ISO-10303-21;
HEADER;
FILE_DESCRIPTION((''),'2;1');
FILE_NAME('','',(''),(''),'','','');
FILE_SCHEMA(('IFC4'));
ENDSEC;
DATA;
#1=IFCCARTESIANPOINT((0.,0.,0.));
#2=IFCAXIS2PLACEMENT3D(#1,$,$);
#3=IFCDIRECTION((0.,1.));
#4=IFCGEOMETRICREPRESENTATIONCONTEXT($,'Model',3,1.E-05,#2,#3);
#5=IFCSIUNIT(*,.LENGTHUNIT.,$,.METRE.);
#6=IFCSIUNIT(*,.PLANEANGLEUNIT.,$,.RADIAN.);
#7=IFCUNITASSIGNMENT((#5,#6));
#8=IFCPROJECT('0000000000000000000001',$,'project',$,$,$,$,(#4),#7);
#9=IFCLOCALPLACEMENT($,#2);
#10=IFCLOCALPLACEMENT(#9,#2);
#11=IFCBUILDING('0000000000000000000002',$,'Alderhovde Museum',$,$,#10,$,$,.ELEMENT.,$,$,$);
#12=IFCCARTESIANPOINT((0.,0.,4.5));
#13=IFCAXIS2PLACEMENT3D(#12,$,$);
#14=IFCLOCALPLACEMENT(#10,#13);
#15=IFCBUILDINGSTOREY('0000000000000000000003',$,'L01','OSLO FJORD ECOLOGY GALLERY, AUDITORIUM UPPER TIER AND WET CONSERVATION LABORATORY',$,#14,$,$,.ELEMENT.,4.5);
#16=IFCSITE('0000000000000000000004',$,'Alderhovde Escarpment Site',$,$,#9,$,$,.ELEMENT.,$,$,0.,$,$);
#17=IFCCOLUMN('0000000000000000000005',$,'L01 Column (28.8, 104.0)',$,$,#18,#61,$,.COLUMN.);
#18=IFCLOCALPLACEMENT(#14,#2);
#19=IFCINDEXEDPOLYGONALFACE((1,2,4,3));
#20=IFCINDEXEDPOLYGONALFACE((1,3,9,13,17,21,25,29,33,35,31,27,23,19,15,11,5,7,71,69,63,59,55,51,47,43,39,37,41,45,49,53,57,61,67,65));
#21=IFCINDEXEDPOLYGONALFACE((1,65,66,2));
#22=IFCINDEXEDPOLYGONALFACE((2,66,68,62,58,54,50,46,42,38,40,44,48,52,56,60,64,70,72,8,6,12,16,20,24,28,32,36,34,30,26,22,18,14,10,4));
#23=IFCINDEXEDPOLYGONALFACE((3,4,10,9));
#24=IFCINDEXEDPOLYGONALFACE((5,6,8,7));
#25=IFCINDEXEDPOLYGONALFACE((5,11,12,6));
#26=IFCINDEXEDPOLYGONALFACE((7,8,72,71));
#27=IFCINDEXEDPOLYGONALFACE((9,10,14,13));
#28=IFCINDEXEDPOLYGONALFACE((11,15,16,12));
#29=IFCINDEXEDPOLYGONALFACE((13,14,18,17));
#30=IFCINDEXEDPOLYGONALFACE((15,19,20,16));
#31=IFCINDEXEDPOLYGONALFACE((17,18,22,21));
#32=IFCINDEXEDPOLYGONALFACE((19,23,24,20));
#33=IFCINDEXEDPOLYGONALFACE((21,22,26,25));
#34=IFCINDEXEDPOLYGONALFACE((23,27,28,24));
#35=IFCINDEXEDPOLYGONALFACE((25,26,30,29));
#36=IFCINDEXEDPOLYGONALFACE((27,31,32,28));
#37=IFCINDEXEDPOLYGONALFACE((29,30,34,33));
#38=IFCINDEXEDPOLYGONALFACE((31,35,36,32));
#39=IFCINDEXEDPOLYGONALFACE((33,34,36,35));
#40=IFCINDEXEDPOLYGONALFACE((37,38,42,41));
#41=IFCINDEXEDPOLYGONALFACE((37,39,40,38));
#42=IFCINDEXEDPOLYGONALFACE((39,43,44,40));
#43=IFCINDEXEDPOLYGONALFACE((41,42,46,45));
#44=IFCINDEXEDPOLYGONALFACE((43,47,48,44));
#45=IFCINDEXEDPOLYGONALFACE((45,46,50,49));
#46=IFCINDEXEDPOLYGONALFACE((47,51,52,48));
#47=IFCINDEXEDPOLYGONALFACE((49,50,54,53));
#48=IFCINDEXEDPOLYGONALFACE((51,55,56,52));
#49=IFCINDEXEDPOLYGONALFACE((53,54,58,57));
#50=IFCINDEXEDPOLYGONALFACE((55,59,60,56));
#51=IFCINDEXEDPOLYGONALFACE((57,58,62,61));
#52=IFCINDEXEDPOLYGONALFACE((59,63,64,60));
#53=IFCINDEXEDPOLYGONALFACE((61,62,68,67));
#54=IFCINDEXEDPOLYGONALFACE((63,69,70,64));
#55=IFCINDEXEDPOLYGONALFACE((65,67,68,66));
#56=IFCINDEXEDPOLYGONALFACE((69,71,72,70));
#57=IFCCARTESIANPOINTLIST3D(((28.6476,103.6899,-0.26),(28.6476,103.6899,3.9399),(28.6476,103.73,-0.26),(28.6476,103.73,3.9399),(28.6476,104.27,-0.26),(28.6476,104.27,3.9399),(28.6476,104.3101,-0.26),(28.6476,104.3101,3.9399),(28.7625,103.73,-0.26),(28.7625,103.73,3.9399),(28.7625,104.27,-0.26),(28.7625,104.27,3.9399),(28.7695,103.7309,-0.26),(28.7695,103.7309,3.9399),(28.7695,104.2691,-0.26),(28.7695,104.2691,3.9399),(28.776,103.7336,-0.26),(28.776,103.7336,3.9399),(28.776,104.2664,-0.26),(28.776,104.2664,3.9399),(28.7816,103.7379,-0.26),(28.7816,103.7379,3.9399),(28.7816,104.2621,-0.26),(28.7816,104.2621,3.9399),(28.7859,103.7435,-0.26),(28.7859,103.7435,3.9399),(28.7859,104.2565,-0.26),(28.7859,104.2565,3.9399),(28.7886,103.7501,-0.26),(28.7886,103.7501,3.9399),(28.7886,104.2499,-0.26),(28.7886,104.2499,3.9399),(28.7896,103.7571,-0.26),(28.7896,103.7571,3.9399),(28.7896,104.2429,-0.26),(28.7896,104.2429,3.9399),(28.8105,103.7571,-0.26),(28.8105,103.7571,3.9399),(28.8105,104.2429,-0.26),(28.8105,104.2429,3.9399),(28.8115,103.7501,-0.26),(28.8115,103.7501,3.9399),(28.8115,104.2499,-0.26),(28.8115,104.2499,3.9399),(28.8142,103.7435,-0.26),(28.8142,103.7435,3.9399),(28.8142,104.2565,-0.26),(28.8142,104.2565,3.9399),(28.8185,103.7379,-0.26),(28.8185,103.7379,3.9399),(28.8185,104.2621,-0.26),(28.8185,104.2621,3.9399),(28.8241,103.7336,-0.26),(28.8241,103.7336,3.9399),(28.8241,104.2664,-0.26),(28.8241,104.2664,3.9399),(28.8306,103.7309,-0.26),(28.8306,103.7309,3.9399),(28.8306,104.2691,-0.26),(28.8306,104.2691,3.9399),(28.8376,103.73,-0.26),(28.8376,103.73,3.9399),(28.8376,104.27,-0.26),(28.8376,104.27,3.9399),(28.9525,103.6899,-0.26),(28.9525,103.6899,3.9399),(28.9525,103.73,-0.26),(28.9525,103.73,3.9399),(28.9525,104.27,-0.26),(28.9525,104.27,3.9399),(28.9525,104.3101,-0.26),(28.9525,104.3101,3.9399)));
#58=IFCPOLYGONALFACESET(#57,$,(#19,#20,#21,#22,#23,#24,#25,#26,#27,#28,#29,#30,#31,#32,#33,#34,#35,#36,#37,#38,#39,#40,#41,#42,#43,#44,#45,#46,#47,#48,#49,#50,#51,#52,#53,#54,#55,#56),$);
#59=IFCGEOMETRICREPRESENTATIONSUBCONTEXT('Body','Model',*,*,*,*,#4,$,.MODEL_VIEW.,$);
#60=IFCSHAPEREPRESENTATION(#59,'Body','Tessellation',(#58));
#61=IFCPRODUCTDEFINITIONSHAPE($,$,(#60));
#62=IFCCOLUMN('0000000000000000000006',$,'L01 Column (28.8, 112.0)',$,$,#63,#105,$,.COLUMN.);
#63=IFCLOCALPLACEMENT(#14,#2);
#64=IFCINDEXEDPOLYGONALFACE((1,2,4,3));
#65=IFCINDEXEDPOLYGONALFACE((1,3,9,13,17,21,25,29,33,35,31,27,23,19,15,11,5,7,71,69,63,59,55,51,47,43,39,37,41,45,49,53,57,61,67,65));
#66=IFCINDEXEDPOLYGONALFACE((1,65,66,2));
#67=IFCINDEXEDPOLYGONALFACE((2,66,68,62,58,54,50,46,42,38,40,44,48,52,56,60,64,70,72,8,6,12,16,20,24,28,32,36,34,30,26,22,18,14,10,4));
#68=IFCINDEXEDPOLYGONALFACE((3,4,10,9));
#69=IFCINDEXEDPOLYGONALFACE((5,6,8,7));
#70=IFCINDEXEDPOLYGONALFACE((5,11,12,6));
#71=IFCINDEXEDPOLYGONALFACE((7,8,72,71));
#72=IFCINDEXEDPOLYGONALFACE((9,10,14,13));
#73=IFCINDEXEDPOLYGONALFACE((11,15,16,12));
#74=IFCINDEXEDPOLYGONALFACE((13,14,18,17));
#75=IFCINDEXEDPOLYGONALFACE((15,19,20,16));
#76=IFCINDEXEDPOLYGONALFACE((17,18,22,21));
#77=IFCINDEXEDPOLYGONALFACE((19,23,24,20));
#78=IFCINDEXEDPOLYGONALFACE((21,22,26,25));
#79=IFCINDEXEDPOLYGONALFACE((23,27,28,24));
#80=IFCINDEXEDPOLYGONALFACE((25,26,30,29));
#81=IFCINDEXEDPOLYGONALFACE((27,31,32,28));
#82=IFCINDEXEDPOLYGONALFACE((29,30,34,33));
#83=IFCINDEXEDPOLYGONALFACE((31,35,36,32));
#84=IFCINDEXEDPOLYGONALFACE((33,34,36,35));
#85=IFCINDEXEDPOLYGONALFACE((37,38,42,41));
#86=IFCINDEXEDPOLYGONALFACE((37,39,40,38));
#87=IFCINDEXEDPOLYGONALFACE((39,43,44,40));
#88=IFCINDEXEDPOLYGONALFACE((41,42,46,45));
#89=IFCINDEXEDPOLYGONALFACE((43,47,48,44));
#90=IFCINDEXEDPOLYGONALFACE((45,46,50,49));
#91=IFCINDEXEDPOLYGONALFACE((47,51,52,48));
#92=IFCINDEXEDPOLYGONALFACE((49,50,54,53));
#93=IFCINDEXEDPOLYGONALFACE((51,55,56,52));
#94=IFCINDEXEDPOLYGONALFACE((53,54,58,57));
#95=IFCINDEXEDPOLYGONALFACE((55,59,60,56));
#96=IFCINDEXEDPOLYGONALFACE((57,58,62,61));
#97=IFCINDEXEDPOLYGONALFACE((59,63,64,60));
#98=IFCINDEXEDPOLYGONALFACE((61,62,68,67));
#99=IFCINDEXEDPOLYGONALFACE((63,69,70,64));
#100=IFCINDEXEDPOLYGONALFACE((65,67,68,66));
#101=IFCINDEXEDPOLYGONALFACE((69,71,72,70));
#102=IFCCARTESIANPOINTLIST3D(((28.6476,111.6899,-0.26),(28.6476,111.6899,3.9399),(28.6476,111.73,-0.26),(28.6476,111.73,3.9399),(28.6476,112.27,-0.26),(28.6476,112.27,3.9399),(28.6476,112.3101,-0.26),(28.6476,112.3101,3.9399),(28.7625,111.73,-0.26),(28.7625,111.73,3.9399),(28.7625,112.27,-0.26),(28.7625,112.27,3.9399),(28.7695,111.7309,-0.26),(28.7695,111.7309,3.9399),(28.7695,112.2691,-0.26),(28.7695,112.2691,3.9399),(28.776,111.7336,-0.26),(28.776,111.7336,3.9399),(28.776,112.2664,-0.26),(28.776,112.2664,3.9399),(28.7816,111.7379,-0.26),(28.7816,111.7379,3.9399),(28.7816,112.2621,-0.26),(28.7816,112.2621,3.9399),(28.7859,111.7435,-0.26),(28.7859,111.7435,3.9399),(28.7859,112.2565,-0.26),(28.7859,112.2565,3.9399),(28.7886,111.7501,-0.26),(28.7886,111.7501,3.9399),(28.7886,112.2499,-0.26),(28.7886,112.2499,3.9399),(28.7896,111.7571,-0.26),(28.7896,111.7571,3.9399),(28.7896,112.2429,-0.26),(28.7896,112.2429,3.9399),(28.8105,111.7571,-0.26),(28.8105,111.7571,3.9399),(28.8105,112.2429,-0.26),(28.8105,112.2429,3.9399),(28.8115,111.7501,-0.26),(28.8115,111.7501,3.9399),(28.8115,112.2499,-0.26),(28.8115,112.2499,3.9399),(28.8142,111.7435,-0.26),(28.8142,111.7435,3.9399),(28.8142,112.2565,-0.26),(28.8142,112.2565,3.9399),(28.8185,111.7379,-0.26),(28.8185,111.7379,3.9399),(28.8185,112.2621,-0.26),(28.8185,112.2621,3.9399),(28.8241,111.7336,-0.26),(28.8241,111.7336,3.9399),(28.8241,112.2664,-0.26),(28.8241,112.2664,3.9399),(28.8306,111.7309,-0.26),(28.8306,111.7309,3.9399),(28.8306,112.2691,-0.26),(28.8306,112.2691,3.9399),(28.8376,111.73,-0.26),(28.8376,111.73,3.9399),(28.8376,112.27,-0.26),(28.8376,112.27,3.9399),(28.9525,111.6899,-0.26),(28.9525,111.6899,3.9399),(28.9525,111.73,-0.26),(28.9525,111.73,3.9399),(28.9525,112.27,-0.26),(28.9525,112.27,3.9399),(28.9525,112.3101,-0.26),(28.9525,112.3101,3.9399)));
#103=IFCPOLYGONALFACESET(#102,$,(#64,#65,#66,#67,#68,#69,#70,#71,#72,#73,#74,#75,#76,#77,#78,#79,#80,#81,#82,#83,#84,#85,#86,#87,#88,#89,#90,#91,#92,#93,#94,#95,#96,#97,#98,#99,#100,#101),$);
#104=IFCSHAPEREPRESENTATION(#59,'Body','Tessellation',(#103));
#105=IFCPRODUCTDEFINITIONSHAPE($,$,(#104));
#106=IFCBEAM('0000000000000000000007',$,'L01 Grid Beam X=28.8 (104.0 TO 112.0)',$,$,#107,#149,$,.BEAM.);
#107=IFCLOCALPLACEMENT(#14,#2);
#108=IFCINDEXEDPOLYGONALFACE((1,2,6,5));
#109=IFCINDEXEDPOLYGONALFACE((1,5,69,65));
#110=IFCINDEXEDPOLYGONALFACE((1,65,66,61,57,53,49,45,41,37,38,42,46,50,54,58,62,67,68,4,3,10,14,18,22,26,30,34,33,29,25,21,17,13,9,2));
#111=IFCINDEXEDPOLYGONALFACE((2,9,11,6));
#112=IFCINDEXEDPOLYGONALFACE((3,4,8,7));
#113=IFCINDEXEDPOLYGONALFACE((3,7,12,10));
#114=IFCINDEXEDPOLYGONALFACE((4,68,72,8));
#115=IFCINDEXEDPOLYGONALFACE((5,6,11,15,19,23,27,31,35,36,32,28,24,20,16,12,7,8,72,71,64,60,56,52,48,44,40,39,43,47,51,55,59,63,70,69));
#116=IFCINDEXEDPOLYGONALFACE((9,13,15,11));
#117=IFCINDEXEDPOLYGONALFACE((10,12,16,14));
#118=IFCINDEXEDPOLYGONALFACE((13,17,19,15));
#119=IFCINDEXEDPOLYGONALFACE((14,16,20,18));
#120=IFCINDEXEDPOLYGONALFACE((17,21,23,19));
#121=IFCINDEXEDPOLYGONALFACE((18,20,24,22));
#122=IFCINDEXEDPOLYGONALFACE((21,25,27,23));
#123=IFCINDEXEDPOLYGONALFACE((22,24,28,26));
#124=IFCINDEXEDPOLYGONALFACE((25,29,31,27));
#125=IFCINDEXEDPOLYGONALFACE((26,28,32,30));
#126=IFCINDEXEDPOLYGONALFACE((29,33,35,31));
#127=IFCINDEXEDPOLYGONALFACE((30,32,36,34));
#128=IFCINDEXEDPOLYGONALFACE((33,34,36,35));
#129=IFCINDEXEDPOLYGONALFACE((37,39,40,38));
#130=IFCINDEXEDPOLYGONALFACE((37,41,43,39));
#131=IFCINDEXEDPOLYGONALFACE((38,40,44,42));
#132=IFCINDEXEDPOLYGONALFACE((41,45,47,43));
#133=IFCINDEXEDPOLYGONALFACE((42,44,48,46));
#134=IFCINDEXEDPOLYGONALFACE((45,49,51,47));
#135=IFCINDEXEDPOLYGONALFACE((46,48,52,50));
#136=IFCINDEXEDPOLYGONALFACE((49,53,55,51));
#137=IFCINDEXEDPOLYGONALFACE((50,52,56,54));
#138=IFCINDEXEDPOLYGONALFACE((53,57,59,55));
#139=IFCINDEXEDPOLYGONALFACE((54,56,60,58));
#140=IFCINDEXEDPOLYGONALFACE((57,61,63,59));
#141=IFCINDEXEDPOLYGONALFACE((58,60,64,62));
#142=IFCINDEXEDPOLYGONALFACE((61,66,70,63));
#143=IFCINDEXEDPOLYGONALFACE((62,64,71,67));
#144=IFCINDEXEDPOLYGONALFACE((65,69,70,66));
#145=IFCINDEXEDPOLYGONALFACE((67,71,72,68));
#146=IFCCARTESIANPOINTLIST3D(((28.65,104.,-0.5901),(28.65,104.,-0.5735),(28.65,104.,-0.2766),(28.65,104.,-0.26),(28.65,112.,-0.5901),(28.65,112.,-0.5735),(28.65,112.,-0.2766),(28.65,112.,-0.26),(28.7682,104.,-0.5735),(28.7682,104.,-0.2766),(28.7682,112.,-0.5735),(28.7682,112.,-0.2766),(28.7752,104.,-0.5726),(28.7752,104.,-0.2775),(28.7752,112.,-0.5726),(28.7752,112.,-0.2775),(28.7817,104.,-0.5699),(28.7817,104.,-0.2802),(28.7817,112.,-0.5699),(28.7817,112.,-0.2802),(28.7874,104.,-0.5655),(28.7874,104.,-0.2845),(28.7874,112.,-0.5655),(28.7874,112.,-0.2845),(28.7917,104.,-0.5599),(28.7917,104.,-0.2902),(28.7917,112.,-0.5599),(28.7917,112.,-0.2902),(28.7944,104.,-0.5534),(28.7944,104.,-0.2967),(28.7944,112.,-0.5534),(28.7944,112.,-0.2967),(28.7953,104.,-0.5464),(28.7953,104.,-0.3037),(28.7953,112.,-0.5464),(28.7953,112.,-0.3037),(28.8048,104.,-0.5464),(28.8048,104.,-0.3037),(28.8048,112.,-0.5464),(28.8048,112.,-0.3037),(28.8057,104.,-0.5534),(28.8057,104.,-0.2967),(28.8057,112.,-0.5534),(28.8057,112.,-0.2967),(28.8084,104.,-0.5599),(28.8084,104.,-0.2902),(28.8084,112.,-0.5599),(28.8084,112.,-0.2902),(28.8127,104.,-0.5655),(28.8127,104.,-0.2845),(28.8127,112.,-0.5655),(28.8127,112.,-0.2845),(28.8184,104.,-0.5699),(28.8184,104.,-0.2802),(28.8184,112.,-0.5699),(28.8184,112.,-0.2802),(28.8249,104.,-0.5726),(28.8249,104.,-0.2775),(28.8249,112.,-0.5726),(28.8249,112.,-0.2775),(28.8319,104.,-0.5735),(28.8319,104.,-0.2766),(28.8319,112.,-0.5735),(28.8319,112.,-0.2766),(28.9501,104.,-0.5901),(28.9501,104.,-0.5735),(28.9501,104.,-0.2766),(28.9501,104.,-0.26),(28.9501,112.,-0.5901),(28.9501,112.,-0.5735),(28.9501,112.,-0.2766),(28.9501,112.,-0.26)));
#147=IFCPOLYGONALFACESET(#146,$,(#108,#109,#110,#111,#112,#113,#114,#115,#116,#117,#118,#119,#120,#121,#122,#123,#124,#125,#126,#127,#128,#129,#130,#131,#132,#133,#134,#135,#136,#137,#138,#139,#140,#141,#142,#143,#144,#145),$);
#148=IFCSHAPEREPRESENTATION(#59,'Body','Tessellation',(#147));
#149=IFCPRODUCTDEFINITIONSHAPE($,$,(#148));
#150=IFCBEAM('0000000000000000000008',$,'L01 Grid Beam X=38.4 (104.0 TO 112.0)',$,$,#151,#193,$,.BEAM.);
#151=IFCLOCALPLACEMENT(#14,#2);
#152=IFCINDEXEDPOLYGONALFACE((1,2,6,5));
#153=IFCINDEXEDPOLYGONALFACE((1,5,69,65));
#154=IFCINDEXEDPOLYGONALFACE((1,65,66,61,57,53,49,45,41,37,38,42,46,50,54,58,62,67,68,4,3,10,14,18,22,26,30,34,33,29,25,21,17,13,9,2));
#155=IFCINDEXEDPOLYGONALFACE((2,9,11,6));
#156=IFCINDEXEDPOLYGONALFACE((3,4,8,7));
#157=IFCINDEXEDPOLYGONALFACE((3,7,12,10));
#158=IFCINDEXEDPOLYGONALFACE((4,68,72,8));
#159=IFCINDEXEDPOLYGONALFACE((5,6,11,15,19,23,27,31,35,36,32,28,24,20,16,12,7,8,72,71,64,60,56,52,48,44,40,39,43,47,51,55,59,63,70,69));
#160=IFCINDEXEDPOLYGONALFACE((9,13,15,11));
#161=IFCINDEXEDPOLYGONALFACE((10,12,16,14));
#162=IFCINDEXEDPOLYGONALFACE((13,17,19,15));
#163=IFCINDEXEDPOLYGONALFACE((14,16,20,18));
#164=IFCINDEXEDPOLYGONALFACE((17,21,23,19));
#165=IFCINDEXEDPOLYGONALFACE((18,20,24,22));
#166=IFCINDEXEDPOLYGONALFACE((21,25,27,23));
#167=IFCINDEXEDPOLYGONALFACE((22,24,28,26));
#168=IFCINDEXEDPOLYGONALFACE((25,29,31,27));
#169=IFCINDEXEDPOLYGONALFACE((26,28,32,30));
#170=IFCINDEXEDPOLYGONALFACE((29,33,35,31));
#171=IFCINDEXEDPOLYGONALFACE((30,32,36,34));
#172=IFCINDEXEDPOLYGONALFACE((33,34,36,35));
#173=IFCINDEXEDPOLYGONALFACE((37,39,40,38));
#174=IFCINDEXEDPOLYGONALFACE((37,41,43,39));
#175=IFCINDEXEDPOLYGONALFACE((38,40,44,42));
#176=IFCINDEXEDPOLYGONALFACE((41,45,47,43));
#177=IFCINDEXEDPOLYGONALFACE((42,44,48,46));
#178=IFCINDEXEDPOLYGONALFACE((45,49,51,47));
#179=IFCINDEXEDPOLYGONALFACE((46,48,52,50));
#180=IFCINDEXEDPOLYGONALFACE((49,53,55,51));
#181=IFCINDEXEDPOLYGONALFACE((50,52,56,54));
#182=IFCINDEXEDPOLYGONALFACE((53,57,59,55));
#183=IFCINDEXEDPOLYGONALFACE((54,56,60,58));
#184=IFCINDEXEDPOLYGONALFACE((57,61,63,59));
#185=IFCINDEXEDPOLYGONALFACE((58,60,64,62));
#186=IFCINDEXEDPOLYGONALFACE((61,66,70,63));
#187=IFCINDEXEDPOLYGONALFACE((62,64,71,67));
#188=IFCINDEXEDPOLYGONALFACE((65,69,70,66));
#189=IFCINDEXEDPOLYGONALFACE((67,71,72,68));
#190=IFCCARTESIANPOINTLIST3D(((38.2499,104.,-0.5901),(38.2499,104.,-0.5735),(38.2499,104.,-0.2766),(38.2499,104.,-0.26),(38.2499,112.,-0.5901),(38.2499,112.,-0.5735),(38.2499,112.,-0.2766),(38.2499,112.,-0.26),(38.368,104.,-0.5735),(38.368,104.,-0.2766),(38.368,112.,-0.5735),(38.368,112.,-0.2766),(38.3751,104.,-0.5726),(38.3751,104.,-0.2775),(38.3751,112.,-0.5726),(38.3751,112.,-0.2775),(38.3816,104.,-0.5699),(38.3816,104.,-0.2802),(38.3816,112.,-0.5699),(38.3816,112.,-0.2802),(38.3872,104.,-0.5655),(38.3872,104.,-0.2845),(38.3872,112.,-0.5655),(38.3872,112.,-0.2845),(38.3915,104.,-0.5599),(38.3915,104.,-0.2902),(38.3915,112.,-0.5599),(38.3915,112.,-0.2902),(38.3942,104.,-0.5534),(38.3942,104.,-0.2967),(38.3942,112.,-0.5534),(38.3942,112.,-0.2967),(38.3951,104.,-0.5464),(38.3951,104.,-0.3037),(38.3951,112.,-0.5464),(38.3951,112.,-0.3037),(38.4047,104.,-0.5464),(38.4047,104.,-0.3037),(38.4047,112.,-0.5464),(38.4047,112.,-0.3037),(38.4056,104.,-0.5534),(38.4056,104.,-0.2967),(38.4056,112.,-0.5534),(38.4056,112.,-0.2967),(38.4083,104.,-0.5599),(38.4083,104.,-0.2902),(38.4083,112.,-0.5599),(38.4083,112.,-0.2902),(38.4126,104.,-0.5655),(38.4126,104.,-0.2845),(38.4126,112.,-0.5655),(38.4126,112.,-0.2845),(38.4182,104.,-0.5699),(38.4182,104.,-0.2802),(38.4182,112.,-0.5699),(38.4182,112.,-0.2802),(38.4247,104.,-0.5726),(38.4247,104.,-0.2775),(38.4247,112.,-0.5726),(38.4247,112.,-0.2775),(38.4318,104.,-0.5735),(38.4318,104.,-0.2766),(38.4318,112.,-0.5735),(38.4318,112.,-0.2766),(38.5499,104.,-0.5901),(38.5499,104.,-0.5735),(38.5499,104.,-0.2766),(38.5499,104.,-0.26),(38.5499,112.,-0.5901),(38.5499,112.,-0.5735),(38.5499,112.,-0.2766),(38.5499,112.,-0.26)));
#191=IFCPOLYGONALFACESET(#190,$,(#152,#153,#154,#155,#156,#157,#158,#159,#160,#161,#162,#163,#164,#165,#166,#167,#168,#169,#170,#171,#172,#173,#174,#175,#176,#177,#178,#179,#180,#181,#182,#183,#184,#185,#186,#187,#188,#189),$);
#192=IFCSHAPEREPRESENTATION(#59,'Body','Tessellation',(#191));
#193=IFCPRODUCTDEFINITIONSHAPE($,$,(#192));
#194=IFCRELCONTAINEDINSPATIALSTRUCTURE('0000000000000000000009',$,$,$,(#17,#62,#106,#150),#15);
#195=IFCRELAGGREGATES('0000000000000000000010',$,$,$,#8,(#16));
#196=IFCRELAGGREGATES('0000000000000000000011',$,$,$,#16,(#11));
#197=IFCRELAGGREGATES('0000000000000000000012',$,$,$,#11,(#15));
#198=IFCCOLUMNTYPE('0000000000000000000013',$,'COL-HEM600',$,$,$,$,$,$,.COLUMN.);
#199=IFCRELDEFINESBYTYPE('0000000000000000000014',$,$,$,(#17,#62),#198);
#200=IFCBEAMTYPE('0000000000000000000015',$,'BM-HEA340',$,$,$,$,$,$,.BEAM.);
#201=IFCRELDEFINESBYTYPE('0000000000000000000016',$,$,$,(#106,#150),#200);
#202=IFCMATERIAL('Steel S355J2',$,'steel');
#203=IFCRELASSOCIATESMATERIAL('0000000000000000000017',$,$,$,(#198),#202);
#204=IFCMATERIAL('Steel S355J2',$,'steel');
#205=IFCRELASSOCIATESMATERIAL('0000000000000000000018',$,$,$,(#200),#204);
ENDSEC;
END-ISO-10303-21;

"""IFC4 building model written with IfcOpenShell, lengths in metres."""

from ifc_helpers import new_model, si_unit, direction, frame, origin, origin_2d, place, context, subcontext, project, spatial, i_section, extrude, material, material_profile, profile_set, type_object, element, save


model = new_model("IFC4")

# Units and contexts
model_context = context("Model", 3, precision=1e-05, world=origin(), true_north=direction((0.0, 1.0)))
body_context = subcontext(model_context, "Body", "Model", "MODEL_VIEW")
ifc_project = project(units=[si_unit("LENGTHUNIT", "METRE"), si_unit("PLANEANGLEUNIT", "RADIAN")], contexts=[model_context])

# Site, building, storey
site_placement = place(None, origin())
site = spatial("IfcSite", under=ifc_project, at=site_placement, Name="Alderhovde Escarpment Site", CompositionType="ELEMENT", RefElevation=0.0)
building_placement = place(site_placement, origin())
building = spatial("IfcBuilding", under=site, at=building_placement, Name="Alderhovde Museum", CompositionType="ELEMENT")
storey_placement = place(building_placement, frame((0.0, 0.0, 4.5)))
storey = spatial("IfcBuildingStorey", under=building, at=storey_placement, Name="L01", Description="OSLO FJORD ECOLOGY GALLERY, AUDITORIUM UPPER TIER AND WET CONSERVATION LABORATORY", CompositionType="ELEMENT", Elevation=4.5)

# Columns
ifc_material_1 = material(Name="Steel S355J2", Category="steel")
ifc_material_profile_1 = material_profile(ifc_material_1, i_section(OverallWidth=0.3049, OverallDepth=0.6201, WebThickness=0.021, FlangeThickness=0.04, FilletRadius=0.0271, at=origin_2d()), Name="HEM 600")
ifc_profile_set_1 = profile_set([ifc_material_profile_1], Name="Steel S355J2")
column_type_1 = type_object("IfcColumnType", Name="COL-HEM600", PredefinedType="COLUMN", material=ifc_profile_set_1)
for number, where, z_axis, x_axis, name in (
    (1, (28.8, 104.0, -0.26), (0.0, 0.0, 1.0), (1.0, 0.0, 0.0), "L01 Column (28.8, 104.0)"),
    (2, (28.8, 112.0, -0.26), (0.0, 0.0, 1.0), (1.0, 0.0, 0.0), "L01 Column (28.8, 112.0)"),
):
    element("IfcColumn", number, at=place(storey_placement, frame(where, z_axis=z_axis, x_axis=x_axis)), inside=storey, type_object=column_type_1, Name=name, PredefinedType="COLUMN", context=body_context, shape_type="SweptSolid", body=[
        extrude(i_section(OverallWidth=0.3049, OverallDepth=0.6201, WebThickness=0.021, FlangeThickness=0.04, FilletRadius=0.0271, at=origin_2d()), origin(), (0.0, 0.0, 1.0), 4.2),
    ])

# Beams
ifc_material_2 = material(Name="Steel S355J2", Category="steel")
ifc_material_profile_2 = material_profile(ifc_material_2, i_section(OverallWidth=0.3, OverallDepth=0.3301, WebThickness=0.0095, FlangeThickness=0.0166, FilletRadius=0.0271, at=origin_2d()), Name="HEA 340")
ifc_profile_set_2 = profile_set([ifc_material_profile_2], Name="Steel S355J2")
beam_type_1 = type_object("IfcBeamType", Name="BM-HEA340", PredefinedType="BEAM", material=ifc_profile_set_2)
for number, where, z_axis, x_axis, name in (
    (3, (28.8, 104.0, -0.425), (0.0, 1.0, 0.0), (-1.0, 0.0, 0.0), "L01 Grid Beam X=28.8 (104.0 TO 112.0)"),
    (4, (38.3999, 104.0, -0.425), (0.0, 1.0, 0.0), (-1.0, 0.0, 0.0), "L01 Grid Beam X=38.4 (104.0 TO 112.0)"),
):
    element("IfcBeam", number, at=place(storey_placement, frame(where, z_axis=z_axis, x_axis=x_axis)), inside=storey, type_object=beam_type_1, Name=name, PredefinedType="BEAM", context=body_context, shape_type="SweptSolid", body=[
        extrude(i_section(OverallWidth=0.3, OverallDepth=0.3301, WebThickness=0.0095, FlangeThickness=0.0166, FilletRadius=0.0271, at=origin_2d()), origin(), (0.0, 0.0, 1.0), 8.0),
    ])

save(model, "model.ifc")
